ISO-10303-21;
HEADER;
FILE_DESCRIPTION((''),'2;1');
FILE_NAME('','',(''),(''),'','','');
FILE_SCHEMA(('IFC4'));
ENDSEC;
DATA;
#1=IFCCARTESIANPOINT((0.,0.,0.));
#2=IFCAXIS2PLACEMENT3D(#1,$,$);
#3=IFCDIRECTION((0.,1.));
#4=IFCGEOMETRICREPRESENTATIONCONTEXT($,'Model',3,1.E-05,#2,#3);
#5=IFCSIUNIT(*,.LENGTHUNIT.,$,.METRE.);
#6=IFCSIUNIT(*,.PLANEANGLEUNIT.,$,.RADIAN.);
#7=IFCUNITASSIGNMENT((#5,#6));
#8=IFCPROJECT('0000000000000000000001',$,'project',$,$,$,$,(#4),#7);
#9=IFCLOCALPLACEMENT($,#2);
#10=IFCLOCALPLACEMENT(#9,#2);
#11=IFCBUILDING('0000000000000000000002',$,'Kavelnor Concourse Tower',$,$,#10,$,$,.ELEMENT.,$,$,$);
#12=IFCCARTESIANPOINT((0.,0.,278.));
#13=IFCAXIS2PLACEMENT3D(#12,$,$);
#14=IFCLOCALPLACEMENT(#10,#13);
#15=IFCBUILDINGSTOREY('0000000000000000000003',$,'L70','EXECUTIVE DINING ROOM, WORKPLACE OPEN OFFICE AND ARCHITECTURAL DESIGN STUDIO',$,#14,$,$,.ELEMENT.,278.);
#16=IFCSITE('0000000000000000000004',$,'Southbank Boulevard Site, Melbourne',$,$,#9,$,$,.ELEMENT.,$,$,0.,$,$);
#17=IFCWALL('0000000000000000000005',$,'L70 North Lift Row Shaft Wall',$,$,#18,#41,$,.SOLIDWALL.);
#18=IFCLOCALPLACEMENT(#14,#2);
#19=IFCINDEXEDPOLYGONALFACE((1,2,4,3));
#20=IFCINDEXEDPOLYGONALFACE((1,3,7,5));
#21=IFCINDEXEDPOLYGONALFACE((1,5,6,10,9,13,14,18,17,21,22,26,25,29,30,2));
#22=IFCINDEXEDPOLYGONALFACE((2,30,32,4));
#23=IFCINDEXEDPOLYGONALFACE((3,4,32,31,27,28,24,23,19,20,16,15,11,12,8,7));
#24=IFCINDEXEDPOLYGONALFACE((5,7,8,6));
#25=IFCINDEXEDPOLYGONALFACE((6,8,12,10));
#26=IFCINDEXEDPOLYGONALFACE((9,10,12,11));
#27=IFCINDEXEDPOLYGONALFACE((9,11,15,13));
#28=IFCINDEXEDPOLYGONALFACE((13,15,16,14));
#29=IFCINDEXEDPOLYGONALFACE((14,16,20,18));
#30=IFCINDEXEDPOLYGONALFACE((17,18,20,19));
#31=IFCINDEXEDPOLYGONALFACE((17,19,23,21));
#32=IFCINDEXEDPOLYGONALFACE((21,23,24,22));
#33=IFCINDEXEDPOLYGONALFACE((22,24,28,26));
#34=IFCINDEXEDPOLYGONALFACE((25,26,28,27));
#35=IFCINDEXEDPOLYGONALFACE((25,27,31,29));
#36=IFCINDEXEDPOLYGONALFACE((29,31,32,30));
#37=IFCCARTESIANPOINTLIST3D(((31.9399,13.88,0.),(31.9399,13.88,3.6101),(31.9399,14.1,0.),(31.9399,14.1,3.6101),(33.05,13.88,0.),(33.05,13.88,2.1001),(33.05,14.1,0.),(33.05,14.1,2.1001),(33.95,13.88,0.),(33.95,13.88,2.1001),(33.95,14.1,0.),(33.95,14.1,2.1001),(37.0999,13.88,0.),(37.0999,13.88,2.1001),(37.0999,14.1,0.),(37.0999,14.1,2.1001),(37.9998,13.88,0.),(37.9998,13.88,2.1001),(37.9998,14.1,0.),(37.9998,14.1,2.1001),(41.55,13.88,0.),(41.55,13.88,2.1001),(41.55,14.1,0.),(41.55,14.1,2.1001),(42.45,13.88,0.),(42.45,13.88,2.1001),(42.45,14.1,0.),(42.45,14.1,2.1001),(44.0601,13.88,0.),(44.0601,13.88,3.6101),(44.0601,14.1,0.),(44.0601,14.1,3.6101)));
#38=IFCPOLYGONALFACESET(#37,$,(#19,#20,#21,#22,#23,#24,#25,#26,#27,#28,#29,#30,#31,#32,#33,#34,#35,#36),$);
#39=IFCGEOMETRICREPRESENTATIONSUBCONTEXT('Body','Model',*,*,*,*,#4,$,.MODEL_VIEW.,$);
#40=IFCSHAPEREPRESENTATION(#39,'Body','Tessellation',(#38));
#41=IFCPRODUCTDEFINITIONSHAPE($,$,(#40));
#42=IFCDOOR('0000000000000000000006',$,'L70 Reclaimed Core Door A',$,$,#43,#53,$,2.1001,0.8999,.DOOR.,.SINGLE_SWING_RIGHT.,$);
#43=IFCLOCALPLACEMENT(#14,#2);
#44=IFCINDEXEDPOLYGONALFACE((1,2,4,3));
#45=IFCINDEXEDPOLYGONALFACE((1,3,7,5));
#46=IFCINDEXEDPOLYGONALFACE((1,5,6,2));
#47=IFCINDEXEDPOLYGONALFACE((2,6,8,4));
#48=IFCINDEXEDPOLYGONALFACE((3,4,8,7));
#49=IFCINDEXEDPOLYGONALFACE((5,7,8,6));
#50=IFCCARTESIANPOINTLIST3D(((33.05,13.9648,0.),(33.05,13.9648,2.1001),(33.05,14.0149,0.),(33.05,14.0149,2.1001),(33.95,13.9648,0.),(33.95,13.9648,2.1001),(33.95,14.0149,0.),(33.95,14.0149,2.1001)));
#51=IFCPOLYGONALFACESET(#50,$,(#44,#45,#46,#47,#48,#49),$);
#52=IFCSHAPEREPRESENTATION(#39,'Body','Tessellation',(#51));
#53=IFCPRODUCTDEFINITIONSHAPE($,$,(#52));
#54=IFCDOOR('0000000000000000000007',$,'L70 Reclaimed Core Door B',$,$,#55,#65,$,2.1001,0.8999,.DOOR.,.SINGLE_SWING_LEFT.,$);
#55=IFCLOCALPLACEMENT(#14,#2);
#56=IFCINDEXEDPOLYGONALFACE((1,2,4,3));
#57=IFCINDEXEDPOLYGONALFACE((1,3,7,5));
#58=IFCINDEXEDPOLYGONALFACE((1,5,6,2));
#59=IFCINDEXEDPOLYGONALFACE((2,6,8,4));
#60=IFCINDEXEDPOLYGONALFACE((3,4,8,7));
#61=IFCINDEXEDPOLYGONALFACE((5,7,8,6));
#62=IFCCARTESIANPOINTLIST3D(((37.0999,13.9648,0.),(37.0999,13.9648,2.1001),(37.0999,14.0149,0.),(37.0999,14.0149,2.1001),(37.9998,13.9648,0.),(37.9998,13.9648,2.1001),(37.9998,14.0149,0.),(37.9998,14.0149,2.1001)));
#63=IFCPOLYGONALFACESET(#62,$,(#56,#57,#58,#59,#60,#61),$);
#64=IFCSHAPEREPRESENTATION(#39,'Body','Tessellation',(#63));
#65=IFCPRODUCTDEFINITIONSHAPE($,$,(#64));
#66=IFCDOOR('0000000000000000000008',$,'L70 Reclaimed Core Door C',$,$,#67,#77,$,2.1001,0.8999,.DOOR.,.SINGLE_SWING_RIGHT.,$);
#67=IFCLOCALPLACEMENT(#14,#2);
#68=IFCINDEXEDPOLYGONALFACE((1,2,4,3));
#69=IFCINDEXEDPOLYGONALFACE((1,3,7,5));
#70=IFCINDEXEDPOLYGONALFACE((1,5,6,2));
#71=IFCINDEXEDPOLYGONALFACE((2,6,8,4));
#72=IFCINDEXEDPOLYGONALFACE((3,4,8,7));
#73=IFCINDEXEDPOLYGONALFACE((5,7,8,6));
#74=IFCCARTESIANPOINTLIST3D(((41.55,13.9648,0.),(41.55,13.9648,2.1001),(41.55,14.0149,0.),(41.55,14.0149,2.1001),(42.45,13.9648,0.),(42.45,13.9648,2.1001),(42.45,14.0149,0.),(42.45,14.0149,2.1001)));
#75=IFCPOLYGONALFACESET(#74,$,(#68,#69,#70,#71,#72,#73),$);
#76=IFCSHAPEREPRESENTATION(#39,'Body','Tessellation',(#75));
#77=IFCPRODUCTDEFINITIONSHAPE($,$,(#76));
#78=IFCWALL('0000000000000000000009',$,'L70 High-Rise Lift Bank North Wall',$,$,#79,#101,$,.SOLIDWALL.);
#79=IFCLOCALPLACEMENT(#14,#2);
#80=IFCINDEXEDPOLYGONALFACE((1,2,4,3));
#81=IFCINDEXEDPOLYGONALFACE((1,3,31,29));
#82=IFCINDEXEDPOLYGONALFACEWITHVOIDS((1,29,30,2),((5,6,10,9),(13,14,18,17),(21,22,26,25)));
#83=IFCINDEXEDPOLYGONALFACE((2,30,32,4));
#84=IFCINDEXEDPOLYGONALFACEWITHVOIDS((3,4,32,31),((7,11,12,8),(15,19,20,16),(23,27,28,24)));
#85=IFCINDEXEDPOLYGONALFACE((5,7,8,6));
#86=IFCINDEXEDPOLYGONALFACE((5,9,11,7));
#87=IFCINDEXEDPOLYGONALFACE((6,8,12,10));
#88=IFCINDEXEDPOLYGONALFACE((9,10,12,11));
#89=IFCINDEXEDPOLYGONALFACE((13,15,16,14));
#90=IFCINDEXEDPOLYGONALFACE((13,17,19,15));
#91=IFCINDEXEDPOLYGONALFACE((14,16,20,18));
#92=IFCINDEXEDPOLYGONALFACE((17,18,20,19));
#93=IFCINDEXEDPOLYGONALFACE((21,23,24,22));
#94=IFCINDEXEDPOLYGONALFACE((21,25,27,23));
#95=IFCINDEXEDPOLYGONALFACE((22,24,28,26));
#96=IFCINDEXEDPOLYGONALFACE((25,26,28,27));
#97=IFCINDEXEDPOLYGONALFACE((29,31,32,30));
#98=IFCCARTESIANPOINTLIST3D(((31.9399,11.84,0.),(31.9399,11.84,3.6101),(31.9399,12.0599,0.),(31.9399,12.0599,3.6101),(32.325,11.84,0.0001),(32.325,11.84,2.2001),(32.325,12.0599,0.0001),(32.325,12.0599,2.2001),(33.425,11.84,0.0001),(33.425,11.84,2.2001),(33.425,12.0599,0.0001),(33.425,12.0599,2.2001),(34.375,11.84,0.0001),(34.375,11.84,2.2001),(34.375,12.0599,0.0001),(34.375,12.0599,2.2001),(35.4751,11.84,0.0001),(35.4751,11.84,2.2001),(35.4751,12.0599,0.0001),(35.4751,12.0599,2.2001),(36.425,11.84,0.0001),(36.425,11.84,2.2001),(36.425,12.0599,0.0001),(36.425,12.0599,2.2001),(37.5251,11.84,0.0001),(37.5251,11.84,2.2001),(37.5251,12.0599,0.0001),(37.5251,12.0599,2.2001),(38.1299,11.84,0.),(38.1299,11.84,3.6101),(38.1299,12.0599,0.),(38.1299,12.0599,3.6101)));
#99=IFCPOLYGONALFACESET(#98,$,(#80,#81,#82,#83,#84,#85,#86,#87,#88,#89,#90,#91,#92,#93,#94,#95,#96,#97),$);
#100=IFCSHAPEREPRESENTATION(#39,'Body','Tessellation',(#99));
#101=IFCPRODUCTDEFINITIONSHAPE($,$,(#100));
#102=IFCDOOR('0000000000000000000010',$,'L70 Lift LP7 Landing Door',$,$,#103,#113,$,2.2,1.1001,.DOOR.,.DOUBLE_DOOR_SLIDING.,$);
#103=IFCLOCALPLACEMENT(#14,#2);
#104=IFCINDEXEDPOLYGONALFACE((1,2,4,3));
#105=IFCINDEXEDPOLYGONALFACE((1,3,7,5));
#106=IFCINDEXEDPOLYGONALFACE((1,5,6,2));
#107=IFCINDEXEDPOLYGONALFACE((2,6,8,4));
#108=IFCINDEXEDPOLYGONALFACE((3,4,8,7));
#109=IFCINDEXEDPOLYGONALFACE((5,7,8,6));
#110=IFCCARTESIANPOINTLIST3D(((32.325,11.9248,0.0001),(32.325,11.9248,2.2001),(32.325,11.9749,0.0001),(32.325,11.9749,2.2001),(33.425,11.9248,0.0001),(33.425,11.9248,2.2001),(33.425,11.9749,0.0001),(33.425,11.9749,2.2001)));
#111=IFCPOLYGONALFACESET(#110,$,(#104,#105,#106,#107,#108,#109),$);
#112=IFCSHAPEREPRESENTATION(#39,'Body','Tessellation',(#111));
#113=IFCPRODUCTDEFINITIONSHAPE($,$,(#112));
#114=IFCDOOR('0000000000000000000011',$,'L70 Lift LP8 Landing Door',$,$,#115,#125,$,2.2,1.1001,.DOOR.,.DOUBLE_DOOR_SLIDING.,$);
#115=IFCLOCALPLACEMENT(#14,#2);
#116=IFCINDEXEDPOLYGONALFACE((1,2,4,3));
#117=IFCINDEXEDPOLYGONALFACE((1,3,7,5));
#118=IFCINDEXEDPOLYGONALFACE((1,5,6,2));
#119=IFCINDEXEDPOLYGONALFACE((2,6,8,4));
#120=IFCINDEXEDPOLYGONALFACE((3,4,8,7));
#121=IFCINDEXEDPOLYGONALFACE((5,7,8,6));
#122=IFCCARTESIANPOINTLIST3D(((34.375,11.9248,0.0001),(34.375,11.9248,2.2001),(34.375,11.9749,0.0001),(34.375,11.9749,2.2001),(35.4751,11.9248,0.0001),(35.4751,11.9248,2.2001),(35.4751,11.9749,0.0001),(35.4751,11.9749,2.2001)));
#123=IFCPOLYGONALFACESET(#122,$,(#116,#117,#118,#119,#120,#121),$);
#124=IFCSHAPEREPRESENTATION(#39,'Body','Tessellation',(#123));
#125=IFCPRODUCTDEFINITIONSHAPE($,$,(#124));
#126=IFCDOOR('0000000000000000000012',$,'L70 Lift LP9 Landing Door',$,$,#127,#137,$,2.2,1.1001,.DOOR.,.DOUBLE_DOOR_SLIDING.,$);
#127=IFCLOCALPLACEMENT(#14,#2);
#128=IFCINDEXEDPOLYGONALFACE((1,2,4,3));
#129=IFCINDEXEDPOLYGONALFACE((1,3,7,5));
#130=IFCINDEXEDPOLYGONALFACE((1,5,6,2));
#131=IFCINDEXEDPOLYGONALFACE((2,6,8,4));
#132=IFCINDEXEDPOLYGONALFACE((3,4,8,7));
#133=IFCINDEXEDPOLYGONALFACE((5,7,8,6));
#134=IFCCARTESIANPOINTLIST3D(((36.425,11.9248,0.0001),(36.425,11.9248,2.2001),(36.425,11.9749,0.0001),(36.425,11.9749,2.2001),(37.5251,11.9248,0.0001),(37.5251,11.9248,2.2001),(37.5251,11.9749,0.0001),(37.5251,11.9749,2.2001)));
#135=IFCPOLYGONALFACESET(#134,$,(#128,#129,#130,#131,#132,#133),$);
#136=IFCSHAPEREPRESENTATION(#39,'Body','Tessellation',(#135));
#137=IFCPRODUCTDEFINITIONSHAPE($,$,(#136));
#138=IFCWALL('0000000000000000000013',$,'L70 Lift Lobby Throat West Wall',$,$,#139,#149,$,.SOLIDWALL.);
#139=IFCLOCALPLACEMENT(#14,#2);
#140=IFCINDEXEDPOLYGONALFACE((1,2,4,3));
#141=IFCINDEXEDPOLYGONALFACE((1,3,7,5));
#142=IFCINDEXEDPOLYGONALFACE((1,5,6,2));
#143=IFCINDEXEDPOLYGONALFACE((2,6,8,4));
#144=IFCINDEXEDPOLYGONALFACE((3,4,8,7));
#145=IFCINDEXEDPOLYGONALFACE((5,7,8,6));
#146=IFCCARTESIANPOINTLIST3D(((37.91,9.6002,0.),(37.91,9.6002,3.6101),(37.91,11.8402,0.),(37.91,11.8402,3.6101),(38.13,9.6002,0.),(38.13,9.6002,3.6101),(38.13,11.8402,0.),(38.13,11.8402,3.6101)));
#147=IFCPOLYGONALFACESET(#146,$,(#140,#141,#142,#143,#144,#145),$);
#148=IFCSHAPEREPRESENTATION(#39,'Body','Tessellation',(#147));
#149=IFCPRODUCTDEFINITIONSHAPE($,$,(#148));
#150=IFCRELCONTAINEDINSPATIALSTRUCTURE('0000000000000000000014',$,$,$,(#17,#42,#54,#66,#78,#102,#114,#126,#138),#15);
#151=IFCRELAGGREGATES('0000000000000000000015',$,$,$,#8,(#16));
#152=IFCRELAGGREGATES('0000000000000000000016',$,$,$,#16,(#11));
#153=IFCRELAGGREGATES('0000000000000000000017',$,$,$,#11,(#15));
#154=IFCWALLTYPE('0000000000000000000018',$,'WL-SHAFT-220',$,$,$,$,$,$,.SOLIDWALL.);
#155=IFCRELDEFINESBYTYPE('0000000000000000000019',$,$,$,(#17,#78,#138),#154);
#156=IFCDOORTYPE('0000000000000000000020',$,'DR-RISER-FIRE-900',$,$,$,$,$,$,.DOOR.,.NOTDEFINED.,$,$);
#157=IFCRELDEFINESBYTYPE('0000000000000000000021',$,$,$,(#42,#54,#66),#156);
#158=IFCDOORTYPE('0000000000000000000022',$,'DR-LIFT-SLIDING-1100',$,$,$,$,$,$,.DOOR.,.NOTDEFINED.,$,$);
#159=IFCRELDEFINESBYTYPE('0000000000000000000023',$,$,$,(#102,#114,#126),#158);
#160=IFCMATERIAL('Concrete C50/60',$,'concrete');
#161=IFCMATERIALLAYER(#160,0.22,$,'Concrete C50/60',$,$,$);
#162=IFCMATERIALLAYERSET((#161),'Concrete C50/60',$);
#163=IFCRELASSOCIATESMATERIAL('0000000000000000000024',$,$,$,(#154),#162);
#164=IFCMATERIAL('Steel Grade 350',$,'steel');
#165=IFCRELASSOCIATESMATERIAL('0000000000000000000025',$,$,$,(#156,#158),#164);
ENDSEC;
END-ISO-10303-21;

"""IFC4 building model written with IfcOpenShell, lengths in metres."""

from ifc_helpers import new_model, si_unit, direction, frame, frame_2d, origin, place, context, subcontext, project, spatial, rectangle, extrude, material, layer, layer_set, type_object, element, fill, save


model = new_model("IFC4")

# Units and contexts
model_context = context("Model", 3, precision=1e-05, world=origin(), true_north=direction((0.0, 1.0)))
body_context = subcontext(model_context, "Body", "Model", "MODEL_VIEW")
ifc_project = project(units=[si_unit("LENGTHUNIT", "METRE"), si_unit("PLANEANGLEUNIT", "RADIAN")], contexts=[model_context])

# Site, building, storey
site_placement = place(None, origin())
site = spatial("IfcSite", under=ifc_project, at=site_placement, Name="Southbank Boulevard Site, Melbourne", CompositionType="ELEMENT", RefElevation=0.0)
building_placement = place(site_placement, origin())
building = spatial("IfcBuilding", under=site, at=building_placement, Name="Kavelnor Concourse Tower", CompositionType="ELEMENT")
storey_placement = place(building_placement, frame((0.0, 0.0, 278.0)))
storey = spatial("IfcBuildingStorey", under=building, at=storey_placement, Name="L70", Description="EXECUTIVE DINING ROOM, WORKPLACE OPEN OFFICE AND ARCHITECTURAL DESIGN STUDIO", CompositionType="ELEMENT", Elevation=278.0)

# Shared definitions
ifc_material_1 = material(Name="Steel Grade 350", Category="steel")

# Walls, openings, doors
ifc_material_2 = material(Name="Concrete C50/60", Category="concrete")
ifc_layer_1 = layer(ifc_material_2, 0.22, Name="Concrete C50/60")
ifc_layer_set_1 = layer_set([ifc_layer_1], Name="Concrete C50/60")
wall_type_1 = type_object("IfcWallType", Name="WL-SHAFT-220", PredefinedType="SOLIDWALL", material=ifc_layer_set_1)
wall_1_placement = place(storey_placement, frame((31.9399, 13.99, 0.0), z_axis=(0.0, 0.0, 1.0), x_axis=(1.0, 0.0, 0.0)))
wall_1 = element("IfcWall", 1, at=wall_1_placement, inside=storey, type_object=wall_type_1, Name="L70 North Lift Row Shaft Wall", PredefinedType="SOLIDWALL", context=body_context, shape_type="SweptSolid", body=[
    extrude(rectangle(XDim=12.1201, YDim=0.22, at=frame_2d((6.0601, 0.0))), origin(), (0.0, 0.0, 1.0), 3.6101),
])
opening_1_placement = place(wall_1_placement, frame((1.1101, 0.0, 0.0)))
opening_1 = element("IfcOpeningElement", 2, at=opening_1_placement, cuts=wall_1, PredefinedType="OPENING", context=body_context, shape_type="SweptSolid", body=[
    extrude(rectangle(XDim=0.8999, YDim=2.1001, at=frame_2d((0.45, 1.05))), frame((0.0, 0.1201, 0.0), z_axis=(0.0, -1.0, 0.0), x_axis=(1.0, 0.0, 0.0)), (0.0, 0.0, 1.0), 0.24),
])
opening_2_placement = place(wall_1_placement, frame((5.1599, 0.0, 0.0)))
opening_2 = element("IfcOpeningElement", 3, at=opening_2_placement, cuts=wall_1, PredefinedType="OPENING", context=body_context, shape_type="SweptSolid", body=[
    extrude(rectangle(XDim=0.8999, YDim=2.1001, at=frame_2d((0.45, 1.05))), frame((0.0, 0.1201, 0.0), z_axis=(0.0, -1.0, 0.0), x_axis=(1.0, 0.0, 0.0)), (0.0, 0.0, 1.0), 0.24),
])
opening_3_placement = place(wall_1_placement, frame((9.6101, 0.0, 0.0)))
opening_3 = element("IfcOpeningElement", 4, at=opening_3_placement, cuts=wall_1, PredefinedType="OPENING", context=body_context, shape_type="SweptSolid", body=[
    extrude(rectangle(XDim=0.8999, YDim=2.1001, at=frame_2d((0.45, 1.05))), frame((0.0, 0.1201, 0.0), z_axis=(0.0, -1.0, 0.0), x_axis=(1.0, 0.0, 0.0)), (0.0, 0.0, 1.0), 0.24),
])
door_type_1 = type_object("IfcDoorType", Name="DR-RISER-FIRE-900", OperationType="NOTDEFINED", PredefinedType="DOOR", material=ifc_material_1)
door_1_placement = place(opening_1_placement, origin())
door_1 = element("IfcDoor", 5, at=door_1_placement, inside=storey, type_object=door_type_1, Name="L70 Reclaimed Core Door A", OperationType="SINGLE_SWING_RIGHT", OverallHeight=2.1001, OverallWidth=0.8999, PredefinedType="DOOR", context=body_context, shape_type="SweptSolid", body=[
    extrude(rectangle(XDim=0.8999, YDim=2.1001, at=frame_2d((0.45, 1.05))), frame((0.0, 0.0249, 0.0), z_axis=(0.0, -1.0, 0.0), x_axis=(1.0, 0.0, 0.0)), (0.0, 0.0, 1.0), 0.05),
])
fill(opening_1, door_1)
door_2_placement = place(opening_2_placement, origin())
door_2 = element("IfcDoor", 6, at=door_2_placement, inside=storey, type_object=door_type_1, Name="L70 Reclaimed Core Door B", OperationType="SINGLE_SWING_LEFT", OverallHeight=2.1001, OverallWidth=0.8999, PredefinedType="DOOR", context=body_context, shape_type="SweptSolid", body=[
    extrude(rectangle(XDim=0.8999, YDim=2.1001, at=frame_2d((0.45, 1.05))), frame((0.0, 0.0249, 0.0), z_axis=(0.0, -1.0, 0.0), x_axis=(1.0, 0.0, 0.0)), (0.0, 0.0, 1.0), 0.05),
])
fill(opening_2, door_2)
door_3_placement = place(opening_3_placement, origin())
door_3 = element("IfcDoor", 7, at=door_3_placement, inside=storey, type_object=door_type_1, Name="L70 Reclaimed Core Door C", OperationType="SINGLE_SWING_RIGHT", OverallHeight=2.1001, OverallWidth=0.8999, PredefinedType="DOOR", context=body_context, shape_type="SweptSolid", body=[
    extrude(rectangle(XDim=0.8999, YDim=2.1001, at=frame_2d((0.45, 1.05))), frame((0.0, 0.0249, 0.0), z_axis=(0.0, -1.0, 0.0), x_axis=(1.0, 0.0, 0.0)), (0.0, 0.0, 1.0), 0.05),
])
fill(opening_3, door_3)
wall_2_placement = place(storey_placement, frame((31.9399, 11.95, 0.0), z_axis=(0.0, 0.0, 1.0), x_axis=(1.0, 0.0, 0.0)))
wall_2 = element("IfcWall", 8, at=wall_2_placement, inside=storey, type_object=wall_type_1, Name="L70 High-Rise Lift Bank North Wall", PredefinedType="SOLIDWALL", context=body_context, shape_type="SweptSolid", body=[
    extrude(rectangle(XDim=6.1899, YDim=0.22, at=frame_2d((3.095, 0.0))), origin(), (0.0, 0.0, 1.0), 3.6101),
])
opening_4_placement = place(wall_2_placement, frame((0.385, 0.0, 0.0)))
opening_4 = element("IfcOpeningElement", 9, at=opening_4_placement, cuts=wall_2, PredefinedType="OPENING", context=body_context, shape_type="SweptSolid", body=[
    extrude(rectangle(XDim=1.1001, YDim=2.2, at=frame_2d((0.55, 1.1001))), frame((0.0, 0.1201, 0.0), z_axis=(0.0, -1.0, 0.0), x_axis=(1.0, 0.0, 0.0)), (0.0, 0.0, 1.0), 0.24),
])
opening_5_placement = place(wall_2_placement, frame((2.4351, 0.0, 0.0)))
opening_5 = element("IfcOpeningElement", 10, at=opening_5_placement, cuts=wall_2, PredefinedType="OPENING", context=body_context, shape_type="SweptSolid", body=[
    extrude(rectangle(XDim=1.1001, YDim=2.2, at=frame_2d((0.55, 1.1001))), frame((0.0, 0.1201, 0.0), z_axis=(0.0, -1.0, 0.0), x_axis=(1.0, 0.0, 0.0)), (0.0, 0.0, 1.0), 0.24),
])
opening_6_placement = place(wall_2_placement, frame((4.4851, 0.0, 0.0)))
opening_6 = element("IfcOpeningElement", 11, at=opening_6_placement, cuts=wall_2, PredefinedType="OPENING", context=body_context, shape_type="SweptSolid", body=[
    extrude(rectangle(XDim=1.1001, YDim=2.2, at=frame_2d((0.55, 1.1001))), frame((0.0, 0.1201, 0.0), z_axis=(0.0, -1.0, 0.0), x_axis=(1.0, 0.0, 0.0)), (0.0, 0.0, 1.0), 0.24),
])
door_type_2 = type_object("IfcDoorType", Name="DR-LIFT-SLIDING-1100", OperationType="NOTDEFINED", PredefinedType="DOOR", material=ifc_material_1)
door_4_placement = place(opening_4_placement, origin())
door_4 = element("IfcDoor", 12, at=door_4_placement, inside=storey, type_object=door_type_2, Name="L70 Lift LP7 Landing Door", OperationType="DOUBLE_DOOR_SLIDING", OverallHeight=2.2, OverallWidth=1.1001, PredefinedType="DOOR", context=body_context, shape_type="SweptSolid", body=[
    extrude(rectangle(XDim=1.1001, YDim=2.2, at=frame_2d((0.55, 1.1001))), frame((0.0, 0.0249, 0.0), z_axis=(0.0, -1.0, 0.0), x_axis=(1.0, 0.0, 0.0)), (0.0, 0.0, 1.0), 0.05),
])
fill(opening_4, door_4)
door_5_placement = place(opening_5_placement, origin())
door_5 = element("IfcDoor", 13, at=door_5_placement, inside=storey, type_object=door_type_2, Name="L70 Lift LP8 Landing Door", OperationType="DOUBLE_DOOR_SLIDING", OverallHeight=2.2, OverallWidth=1.1001, PredefinedType="DOOR", context=body_context, shape_type="SweptSolid", body=[
    extrude(rectangle(XDim=1.1001, YDim=2.2, at=frame_2d((0.55, 1.1001))), frame((0.0, 0.0249, 0.0), z_axis=(0.0, -1.0, 0.0), x_axis=(1.0, 0.0, 0.0)), (0.0, 0.0, 1.0), 0.05),
])
fill(opening_5, door_5)
door_6_placement = place(opening_6_placement, origin())
door_6 = element("IfcDoor", 14, at=door_6_placement, inside=storey, type_object=door_type_2, Name="L70 Lift LP9 Landing Door", OperationType="DOUBLE_DOOR_SLIDING", OverallHeight=2.2, OverallWidth=1.1001, PredefinedType="DOOR", context=body_context, shape_type="SweptSolid", body=[
    extrude(rectangle(XDim=1.1001, YDim=2.2, at=frame_2d((0.55, 1.1001))), frame((0.0, 0.0249, 0.0), z_axis=(0.0, -1.0, 0.0), x_axis=(1.0, 0.0, 0.0)), (0.0, 0.0, 1.0), 0.05),
])
fill(opening_6, door_6)

# Wall
wall_3_placement = place(storey_placement, frame((38.02, 9.6001, 0.0), z_axis=(0.0, 0.0, 1.0), x_axis=(0.0, 1.0, 0.0)))
element("IfcWall", 15, at=wall_3_placement, inside=storey, type_object=wall_type_1, Name="L70 Lift Lobby Throat West Wall", PredefinedType="SOLIDWALL", context=body_context, shape_type="SweptSolid", body=[
    extrude(rectangle(XDim=2.24, YDim=0.22, at=frame_2d((1.1201, 0.0))), origin(), (0.0, 0.0, 1.0), 3.6101),
])

save(model, "model.ifc")
